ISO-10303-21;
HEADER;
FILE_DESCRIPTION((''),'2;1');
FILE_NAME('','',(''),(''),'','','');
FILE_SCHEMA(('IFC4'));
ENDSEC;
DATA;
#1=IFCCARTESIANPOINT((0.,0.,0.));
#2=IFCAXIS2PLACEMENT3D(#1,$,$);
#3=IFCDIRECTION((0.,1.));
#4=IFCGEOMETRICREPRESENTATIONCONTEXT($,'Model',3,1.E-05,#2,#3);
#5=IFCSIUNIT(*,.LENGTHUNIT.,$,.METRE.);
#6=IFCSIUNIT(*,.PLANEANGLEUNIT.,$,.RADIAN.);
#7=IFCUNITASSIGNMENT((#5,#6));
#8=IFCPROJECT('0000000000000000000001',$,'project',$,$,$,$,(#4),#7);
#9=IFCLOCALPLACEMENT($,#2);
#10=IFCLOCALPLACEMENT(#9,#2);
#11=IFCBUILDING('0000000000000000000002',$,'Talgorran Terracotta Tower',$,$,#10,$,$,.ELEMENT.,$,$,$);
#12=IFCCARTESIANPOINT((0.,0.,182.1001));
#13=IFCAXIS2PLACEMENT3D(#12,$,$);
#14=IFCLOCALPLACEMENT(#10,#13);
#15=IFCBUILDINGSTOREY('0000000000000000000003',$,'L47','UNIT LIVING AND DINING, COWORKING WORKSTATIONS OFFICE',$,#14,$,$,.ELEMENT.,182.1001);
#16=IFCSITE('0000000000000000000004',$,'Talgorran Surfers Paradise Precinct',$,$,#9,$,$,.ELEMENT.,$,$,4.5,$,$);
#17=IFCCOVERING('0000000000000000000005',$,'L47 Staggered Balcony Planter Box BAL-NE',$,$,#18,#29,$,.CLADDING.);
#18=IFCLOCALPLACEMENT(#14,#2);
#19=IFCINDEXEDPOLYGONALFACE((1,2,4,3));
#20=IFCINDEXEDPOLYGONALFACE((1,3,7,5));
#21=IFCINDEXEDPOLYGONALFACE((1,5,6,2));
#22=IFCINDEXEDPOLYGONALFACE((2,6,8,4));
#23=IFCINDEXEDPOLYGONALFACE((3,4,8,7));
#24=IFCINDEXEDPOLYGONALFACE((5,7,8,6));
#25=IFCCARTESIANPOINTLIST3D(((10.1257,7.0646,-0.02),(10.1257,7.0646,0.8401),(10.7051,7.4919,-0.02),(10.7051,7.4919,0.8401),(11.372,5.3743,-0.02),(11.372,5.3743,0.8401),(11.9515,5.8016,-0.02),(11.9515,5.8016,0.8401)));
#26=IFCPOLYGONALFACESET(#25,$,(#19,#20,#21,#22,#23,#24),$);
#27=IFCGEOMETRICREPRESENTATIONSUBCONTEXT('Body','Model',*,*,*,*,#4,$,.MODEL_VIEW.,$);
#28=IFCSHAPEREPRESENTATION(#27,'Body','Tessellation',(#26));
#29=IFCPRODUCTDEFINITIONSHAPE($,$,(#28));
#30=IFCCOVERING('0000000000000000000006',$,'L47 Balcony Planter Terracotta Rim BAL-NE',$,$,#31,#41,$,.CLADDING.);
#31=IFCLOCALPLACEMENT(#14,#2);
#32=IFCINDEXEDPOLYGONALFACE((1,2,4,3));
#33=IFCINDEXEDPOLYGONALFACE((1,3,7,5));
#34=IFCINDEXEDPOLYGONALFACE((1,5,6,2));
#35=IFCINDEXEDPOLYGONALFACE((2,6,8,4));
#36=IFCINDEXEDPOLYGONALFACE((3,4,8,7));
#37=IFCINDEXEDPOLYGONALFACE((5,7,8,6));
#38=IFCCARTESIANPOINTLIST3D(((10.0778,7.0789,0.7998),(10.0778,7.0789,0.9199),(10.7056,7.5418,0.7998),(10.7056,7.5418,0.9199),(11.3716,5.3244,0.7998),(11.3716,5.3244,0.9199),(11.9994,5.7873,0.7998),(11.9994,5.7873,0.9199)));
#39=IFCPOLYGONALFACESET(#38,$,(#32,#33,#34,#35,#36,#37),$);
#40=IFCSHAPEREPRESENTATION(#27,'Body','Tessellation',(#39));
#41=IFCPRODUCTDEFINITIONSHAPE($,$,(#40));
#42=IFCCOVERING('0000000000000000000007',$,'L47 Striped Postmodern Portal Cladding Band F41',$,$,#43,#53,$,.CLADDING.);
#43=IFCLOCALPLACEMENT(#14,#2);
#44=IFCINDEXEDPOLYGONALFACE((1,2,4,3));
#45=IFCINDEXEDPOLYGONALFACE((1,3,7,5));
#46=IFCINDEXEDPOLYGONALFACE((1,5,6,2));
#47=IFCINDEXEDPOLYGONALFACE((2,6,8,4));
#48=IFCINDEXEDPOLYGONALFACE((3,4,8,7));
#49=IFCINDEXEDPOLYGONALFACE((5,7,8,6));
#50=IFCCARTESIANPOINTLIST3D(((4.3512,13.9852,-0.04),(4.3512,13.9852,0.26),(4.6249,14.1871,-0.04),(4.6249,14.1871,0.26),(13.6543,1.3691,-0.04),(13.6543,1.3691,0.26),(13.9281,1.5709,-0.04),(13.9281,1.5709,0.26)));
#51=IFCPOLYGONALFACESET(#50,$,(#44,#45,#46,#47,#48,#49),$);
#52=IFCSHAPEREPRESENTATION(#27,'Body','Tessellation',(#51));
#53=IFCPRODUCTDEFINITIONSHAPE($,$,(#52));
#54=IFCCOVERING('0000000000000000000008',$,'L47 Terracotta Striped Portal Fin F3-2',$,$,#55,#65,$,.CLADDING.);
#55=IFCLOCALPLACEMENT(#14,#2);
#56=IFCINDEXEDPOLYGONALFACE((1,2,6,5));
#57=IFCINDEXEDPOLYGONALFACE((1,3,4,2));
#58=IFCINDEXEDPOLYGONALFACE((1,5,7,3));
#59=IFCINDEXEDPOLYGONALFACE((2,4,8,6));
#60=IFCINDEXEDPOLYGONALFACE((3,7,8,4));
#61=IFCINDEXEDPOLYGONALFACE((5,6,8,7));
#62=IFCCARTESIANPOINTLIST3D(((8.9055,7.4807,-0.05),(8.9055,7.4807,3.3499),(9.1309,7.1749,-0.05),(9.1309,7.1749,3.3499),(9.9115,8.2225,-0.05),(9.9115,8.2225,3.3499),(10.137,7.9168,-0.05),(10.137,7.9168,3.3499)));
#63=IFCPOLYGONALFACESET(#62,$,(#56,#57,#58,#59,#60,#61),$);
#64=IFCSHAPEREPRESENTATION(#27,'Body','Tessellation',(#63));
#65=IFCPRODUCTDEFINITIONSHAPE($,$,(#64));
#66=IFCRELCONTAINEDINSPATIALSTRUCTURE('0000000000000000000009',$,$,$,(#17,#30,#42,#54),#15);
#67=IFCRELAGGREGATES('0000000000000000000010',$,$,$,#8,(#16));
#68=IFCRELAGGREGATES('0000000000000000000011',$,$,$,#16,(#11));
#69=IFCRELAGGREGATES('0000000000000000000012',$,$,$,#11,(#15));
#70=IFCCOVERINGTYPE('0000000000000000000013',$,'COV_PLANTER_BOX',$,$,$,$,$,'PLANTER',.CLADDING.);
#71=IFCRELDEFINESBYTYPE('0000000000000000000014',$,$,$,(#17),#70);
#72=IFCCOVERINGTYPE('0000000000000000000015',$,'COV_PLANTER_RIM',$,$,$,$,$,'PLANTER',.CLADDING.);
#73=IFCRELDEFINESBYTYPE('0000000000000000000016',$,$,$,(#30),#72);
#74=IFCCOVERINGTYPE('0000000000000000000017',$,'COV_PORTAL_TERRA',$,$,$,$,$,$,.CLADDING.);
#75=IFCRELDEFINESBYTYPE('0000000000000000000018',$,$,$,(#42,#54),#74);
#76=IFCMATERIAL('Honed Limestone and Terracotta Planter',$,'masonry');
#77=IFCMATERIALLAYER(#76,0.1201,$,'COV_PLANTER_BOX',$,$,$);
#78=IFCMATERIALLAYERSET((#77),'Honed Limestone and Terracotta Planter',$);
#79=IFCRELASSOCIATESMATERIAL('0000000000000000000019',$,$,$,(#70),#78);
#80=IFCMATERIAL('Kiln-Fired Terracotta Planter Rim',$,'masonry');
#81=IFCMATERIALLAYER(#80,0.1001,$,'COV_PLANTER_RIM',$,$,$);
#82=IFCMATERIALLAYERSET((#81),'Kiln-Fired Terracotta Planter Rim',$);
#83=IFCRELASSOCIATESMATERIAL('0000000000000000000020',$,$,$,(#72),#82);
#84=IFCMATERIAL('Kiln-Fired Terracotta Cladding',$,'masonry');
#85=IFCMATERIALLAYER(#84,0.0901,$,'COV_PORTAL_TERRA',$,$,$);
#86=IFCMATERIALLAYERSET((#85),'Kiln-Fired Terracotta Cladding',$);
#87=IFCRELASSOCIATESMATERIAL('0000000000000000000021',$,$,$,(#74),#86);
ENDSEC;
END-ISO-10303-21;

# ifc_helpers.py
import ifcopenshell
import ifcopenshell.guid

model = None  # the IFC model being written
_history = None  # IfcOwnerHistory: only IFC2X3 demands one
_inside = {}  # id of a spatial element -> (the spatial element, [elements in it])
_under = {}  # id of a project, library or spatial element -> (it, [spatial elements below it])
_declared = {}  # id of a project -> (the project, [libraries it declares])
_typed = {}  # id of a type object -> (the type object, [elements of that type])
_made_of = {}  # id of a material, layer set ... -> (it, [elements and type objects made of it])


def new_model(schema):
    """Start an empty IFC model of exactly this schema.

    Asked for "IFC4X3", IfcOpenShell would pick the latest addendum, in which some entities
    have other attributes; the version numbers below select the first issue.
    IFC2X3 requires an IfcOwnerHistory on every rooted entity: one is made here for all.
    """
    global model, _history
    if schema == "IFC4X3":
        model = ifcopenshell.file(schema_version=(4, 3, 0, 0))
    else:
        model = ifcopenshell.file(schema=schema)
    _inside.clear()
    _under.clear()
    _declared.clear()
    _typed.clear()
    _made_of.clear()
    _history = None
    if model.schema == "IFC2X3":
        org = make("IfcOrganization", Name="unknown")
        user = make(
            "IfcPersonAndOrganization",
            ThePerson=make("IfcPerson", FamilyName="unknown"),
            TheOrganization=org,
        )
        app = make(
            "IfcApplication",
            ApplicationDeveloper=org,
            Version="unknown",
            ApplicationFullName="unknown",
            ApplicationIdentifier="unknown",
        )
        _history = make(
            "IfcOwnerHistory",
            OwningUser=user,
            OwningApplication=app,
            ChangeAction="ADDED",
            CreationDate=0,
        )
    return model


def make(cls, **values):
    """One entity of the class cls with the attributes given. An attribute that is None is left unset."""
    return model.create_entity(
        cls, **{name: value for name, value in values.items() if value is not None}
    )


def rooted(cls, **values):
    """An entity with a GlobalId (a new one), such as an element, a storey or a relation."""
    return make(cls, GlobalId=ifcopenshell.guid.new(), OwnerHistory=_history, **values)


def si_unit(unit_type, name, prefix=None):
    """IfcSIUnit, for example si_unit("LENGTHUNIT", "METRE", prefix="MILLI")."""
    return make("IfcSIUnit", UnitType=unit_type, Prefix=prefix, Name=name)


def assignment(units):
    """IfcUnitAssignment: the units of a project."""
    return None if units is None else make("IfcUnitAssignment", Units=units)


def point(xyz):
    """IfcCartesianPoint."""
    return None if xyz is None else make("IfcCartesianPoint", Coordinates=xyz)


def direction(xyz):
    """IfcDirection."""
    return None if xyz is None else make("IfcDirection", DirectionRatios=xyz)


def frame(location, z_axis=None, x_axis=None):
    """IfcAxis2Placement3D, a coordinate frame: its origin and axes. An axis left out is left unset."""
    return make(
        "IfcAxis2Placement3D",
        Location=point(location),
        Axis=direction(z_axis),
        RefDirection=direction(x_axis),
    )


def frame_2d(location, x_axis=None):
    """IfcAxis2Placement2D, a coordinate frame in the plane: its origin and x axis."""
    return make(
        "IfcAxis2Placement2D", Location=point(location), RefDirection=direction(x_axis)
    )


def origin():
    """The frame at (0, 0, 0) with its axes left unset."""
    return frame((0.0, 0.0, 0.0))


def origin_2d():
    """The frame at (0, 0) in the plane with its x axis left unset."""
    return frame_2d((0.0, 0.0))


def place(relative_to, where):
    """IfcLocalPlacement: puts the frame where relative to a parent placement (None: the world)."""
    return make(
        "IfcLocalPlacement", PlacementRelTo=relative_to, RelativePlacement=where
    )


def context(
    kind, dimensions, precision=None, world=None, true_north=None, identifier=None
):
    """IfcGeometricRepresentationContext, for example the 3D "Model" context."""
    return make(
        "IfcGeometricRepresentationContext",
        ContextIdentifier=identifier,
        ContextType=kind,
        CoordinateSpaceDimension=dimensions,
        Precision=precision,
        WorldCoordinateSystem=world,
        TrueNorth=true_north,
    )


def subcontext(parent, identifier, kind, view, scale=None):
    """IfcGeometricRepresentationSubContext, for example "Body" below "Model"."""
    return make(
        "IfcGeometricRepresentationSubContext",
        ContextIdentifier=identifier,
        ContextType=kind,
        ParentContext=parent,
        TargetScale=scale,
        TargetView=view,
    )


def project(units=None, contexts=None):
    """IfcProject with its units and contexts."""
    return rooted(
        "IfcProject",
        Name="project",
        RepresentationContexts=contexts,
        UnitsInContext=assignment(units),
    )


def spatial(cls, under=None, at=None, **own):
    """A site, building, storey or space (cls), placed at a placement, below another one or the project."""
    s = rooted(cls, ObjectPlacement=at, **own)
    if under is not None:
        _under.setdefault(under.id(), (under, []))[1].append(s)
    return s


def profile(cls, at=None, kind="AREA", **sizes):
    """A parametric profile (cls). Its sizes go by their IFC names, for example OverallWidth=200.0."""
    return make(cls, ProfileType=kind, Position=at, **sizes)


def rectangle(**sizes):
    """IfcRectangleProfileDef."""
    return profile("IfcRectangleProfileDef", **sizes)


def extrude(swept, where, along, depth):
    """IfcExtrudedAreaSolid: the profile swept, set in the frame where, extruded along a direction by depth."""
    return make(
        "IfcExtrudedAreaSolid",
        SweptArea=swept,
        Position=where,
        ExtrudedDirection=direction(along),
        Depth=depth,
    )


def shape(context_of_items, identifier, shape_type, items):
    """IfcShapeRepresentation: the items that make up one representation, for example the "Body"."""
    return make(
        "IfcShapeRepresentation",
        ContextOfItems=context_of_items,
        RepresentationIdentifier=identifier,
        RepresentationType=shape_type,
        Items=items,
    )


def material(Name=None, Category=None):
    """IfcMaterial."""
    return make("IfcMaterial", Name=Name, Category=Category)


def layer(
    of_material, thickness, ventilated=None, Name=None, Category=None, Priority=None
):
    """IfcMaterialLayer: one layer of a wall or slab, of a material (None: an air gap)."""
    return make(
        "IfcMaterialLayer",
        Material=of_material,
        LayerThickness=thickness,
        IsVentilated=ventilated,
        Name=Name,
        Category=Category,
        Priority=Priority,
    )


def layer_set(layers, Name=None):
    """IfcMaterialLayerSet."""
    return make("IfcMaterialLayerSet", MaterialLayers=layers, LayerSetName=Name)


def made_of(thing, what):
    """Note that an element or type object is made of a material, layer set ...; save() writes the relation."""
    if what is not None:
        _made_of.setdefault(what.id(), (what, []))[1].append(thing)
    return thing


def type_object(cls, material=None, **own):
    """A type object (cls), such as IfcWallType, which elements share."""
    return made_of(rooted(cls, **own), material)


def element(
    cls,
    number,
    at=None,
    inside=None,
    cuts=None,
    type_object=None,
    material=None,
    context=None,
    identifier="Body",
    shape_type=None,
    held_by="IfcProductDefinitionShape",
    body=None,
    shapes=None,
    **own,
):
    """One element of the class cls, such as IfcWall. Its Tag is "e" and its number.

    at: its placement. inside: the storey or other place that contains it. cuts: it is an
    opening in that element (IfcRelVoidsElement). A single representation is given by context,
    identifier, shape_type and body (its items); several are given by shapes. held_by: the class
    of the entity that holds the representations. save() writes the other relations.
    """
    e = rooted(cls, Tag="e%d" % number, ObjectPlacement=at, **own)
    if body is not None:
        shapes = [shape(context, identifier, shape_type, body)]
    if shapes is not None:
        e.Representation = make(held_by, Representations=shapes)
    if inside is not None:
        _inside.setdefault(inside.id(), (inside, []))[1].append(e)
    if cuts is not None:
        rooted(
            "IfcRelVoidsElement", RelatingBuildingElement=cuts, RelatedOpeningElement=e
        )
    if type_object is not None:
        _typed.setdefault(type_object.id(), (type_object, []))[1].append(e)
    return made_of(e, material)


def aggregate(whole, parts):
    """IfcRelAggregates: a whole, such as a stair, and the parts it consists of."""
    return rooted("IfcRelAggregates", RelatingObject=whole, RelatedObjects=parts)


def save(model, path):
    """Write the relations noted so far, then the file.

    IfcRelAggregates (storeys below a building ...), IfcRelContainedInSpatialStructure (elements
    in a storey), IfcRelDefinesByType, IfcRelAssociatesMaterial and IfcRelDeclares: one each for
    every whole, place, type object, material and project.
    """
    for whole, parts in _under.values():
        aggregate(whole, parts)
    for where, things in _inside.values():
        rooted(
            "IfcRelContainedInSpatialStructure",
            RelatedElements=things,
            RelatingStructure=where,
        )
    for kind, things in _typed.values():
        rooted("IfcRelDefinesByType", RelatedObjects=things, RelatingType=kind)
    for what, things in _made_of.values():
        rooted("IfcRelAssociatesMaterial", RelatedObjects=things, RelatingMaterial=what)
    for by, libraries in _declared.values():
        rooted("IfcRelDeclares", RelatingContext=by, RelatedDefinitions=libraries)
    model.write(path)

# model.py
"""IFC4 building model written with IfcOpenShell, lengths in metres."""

from ifc_helpers import new_model, si_unit, direction, frame, origin, origin_2d, place, context, subcontext, project, spatial, rectangle, extrude, material, layer, layer_set, type_object, element, save


model = new_model("IFC4")

# Units and contexts
model_context = context("Model", 3, precision=1e-05, world=origin(), true_north=direction((0.0, 1.0)))
body_context = subcontext(model_context, "Body", "Model", "MODEL_VIEW")
ifc_project = project(units=[si_unit("LENGTHUNIT", "METRE"), si_unit("PLANEANGLEUNIT", "RADIAN")], contexts=[model_context])

# Site, building, storey
site_placement = place(None, origin())
site = spatial("IfcSite", under=ifc_project, at=site_placement, Name="Talgorran Surfers Paradise Precinct", CompositionType="ELEMENT", RefElevation=4.5)
building_placement = place(site_placement, origin())
building = spatial("IfcBuilding", under=site, at=building_placement, Name="Talgorran Terracotta Tower", CompositionType="ELEMENT")
storey_placement = place(building_placement, frame((0.0, 0.0, 182.1001)))
storey = spatial("IfcBuildingStorey", under=building, at=storey_placement, Name="L47", Description="UNIT LIVING AND DINING, COWORKING WORKSTATIONS OFFICE", CompositionType="ELEMENT", Elevation=182.1001)

# Coverings
ifc_material_1 = material(Name="Honed Limestone and Terracotta Planter", Category="masonry")
ifc_layer_1 = layer(ifc_material_1, 0.1201, Name="COV_PLANTER_BOX")
ifc_layer_set_1 = layer_set([ifc_layer_1], Name="Honed Limestone and Terracotta Planter")
covering_type_1 = type_object("IfcCoveringType", Name="COV_PLANTER_BOX", ElementType="PLANTER", PredefinedType="CLADDING", material=ifc_layer_set_1)
covering_1_placement = place(storey_placement, frame((11.0386, 6.4331, -0.02), z_axis=(0.0, 0.0, 1.0), x_axis=(-0.593489, 0.804842, 0.0)))
element("IfcCovering", 1, at=covering_1_placement, inside=storey, type_object=covering_type_1, Name="L47 Staggered Balcony Planter Box BAL-NE", PredefinedType="CLADDING", context=body_context, shape_type="SweptSolid", body=[
    extrude(rectangle(XDim=2.1001, YDim=0.72, at=origin_2d()), origin(), (0.0, 0.0, 1.0), 0.8601),
])
ifc_material_2 = material(Name="Kiln-Fired Terracotta Planter Rim", Category="masonry")
ifc_layer_2 = layer(ifc_material_2, 0.1001, Name="COV_PLANTER_RIM")
ifc_layer_set_2 = layer_set([ifc_layer_2], Name="Kiln-Fired Terracotta Planter Rim")
covering_type_2 = type_object("IfcCoveringType", Name="COV_PLANTER_RIM", ElementType="PLANTER", PredefinedType="CLADDING", material=ifc_layer_set_2)
covering_2_placement = place(storey_placement, frame((11.0386, 6.4331, 0.7998), z_axis=(0.0, 0.0, 1.0), x_axis=(-0.593489, 0.804842, 0.0)))
element("IfcCovering", 2, at=covering_2_placement, inside=storey, type_object=covering_type_2, Name="L47 Balcony Planter Terracotta Rim BAL-NE", PredefinedType="CLADDING", context=body_context, shape_type="SweptSolid", body=[
    extrude(rectangle(XDim=2.1799, YDim=0.78, at=origin_2d()), origin(), (0.0, 0.0, 1.0), 0.1201),
])
ifc_material_3 = material(Name="Kiln-Fired Terracotta Cladding", Category="masonry")
ifc_layer_3 = layer(ifc_material_3, 0.0901, Name="COV_PORTAL_TERRA")
ifc_layer_set_3 = layer_set([ifc_layer_3], Name="Kiln-Fired Terracotta Cladding")
covering_type_3 = type_object("IfcCoveringType", Name="COV_PORTAL_TERRA", PredefinedType="CLADDING", material=ifc_layer_set_3)
covering_3_placement = place(storey_placement, frame((9.1396, 7.7781, -0.04), z_axis=(0.0, 0.0, 1.0), x_axis=(-0.593489, 0.804842, 0.0)))
element("IfcCovering", 3, at=covering_3_placement, inside=storey, type_object=covering_type_3, Name="L47 Striped Postmodern Portal Cladding Band F41", PredefinedType="CLADDING", context=body_context, shape_type="SweptSolid", body=[
    extrude(rectangle(XDim=15.6753, YDim=0.3401, at=origin_2d()), origin(), (0.0, 0.0, 1.0), 0.3),
])
covering_4_placement = place(storey_placement, frame((9.5212, 7.6987, -0.05), z_axis=(0.0, 0.0, 1.0), x_axis=(-0.593489, 0.804842, 0.0)))
element("IfcCovering", 4, at=covering_4_placement, inside=storey, type_object=covering_type_3, Name="L47 Terracotta Striped Portal Fin F3-2", PredefinedType="CLADDING", context=body_context, shape_type="SweptSolid", body=[
    extrude(rectangle(XDim=0.3799, YDim=1.25, at=origin_2d()), origin(), (0.0, 0.0, 1.0), 3.3999),
])

save(model, "model.ifc")
